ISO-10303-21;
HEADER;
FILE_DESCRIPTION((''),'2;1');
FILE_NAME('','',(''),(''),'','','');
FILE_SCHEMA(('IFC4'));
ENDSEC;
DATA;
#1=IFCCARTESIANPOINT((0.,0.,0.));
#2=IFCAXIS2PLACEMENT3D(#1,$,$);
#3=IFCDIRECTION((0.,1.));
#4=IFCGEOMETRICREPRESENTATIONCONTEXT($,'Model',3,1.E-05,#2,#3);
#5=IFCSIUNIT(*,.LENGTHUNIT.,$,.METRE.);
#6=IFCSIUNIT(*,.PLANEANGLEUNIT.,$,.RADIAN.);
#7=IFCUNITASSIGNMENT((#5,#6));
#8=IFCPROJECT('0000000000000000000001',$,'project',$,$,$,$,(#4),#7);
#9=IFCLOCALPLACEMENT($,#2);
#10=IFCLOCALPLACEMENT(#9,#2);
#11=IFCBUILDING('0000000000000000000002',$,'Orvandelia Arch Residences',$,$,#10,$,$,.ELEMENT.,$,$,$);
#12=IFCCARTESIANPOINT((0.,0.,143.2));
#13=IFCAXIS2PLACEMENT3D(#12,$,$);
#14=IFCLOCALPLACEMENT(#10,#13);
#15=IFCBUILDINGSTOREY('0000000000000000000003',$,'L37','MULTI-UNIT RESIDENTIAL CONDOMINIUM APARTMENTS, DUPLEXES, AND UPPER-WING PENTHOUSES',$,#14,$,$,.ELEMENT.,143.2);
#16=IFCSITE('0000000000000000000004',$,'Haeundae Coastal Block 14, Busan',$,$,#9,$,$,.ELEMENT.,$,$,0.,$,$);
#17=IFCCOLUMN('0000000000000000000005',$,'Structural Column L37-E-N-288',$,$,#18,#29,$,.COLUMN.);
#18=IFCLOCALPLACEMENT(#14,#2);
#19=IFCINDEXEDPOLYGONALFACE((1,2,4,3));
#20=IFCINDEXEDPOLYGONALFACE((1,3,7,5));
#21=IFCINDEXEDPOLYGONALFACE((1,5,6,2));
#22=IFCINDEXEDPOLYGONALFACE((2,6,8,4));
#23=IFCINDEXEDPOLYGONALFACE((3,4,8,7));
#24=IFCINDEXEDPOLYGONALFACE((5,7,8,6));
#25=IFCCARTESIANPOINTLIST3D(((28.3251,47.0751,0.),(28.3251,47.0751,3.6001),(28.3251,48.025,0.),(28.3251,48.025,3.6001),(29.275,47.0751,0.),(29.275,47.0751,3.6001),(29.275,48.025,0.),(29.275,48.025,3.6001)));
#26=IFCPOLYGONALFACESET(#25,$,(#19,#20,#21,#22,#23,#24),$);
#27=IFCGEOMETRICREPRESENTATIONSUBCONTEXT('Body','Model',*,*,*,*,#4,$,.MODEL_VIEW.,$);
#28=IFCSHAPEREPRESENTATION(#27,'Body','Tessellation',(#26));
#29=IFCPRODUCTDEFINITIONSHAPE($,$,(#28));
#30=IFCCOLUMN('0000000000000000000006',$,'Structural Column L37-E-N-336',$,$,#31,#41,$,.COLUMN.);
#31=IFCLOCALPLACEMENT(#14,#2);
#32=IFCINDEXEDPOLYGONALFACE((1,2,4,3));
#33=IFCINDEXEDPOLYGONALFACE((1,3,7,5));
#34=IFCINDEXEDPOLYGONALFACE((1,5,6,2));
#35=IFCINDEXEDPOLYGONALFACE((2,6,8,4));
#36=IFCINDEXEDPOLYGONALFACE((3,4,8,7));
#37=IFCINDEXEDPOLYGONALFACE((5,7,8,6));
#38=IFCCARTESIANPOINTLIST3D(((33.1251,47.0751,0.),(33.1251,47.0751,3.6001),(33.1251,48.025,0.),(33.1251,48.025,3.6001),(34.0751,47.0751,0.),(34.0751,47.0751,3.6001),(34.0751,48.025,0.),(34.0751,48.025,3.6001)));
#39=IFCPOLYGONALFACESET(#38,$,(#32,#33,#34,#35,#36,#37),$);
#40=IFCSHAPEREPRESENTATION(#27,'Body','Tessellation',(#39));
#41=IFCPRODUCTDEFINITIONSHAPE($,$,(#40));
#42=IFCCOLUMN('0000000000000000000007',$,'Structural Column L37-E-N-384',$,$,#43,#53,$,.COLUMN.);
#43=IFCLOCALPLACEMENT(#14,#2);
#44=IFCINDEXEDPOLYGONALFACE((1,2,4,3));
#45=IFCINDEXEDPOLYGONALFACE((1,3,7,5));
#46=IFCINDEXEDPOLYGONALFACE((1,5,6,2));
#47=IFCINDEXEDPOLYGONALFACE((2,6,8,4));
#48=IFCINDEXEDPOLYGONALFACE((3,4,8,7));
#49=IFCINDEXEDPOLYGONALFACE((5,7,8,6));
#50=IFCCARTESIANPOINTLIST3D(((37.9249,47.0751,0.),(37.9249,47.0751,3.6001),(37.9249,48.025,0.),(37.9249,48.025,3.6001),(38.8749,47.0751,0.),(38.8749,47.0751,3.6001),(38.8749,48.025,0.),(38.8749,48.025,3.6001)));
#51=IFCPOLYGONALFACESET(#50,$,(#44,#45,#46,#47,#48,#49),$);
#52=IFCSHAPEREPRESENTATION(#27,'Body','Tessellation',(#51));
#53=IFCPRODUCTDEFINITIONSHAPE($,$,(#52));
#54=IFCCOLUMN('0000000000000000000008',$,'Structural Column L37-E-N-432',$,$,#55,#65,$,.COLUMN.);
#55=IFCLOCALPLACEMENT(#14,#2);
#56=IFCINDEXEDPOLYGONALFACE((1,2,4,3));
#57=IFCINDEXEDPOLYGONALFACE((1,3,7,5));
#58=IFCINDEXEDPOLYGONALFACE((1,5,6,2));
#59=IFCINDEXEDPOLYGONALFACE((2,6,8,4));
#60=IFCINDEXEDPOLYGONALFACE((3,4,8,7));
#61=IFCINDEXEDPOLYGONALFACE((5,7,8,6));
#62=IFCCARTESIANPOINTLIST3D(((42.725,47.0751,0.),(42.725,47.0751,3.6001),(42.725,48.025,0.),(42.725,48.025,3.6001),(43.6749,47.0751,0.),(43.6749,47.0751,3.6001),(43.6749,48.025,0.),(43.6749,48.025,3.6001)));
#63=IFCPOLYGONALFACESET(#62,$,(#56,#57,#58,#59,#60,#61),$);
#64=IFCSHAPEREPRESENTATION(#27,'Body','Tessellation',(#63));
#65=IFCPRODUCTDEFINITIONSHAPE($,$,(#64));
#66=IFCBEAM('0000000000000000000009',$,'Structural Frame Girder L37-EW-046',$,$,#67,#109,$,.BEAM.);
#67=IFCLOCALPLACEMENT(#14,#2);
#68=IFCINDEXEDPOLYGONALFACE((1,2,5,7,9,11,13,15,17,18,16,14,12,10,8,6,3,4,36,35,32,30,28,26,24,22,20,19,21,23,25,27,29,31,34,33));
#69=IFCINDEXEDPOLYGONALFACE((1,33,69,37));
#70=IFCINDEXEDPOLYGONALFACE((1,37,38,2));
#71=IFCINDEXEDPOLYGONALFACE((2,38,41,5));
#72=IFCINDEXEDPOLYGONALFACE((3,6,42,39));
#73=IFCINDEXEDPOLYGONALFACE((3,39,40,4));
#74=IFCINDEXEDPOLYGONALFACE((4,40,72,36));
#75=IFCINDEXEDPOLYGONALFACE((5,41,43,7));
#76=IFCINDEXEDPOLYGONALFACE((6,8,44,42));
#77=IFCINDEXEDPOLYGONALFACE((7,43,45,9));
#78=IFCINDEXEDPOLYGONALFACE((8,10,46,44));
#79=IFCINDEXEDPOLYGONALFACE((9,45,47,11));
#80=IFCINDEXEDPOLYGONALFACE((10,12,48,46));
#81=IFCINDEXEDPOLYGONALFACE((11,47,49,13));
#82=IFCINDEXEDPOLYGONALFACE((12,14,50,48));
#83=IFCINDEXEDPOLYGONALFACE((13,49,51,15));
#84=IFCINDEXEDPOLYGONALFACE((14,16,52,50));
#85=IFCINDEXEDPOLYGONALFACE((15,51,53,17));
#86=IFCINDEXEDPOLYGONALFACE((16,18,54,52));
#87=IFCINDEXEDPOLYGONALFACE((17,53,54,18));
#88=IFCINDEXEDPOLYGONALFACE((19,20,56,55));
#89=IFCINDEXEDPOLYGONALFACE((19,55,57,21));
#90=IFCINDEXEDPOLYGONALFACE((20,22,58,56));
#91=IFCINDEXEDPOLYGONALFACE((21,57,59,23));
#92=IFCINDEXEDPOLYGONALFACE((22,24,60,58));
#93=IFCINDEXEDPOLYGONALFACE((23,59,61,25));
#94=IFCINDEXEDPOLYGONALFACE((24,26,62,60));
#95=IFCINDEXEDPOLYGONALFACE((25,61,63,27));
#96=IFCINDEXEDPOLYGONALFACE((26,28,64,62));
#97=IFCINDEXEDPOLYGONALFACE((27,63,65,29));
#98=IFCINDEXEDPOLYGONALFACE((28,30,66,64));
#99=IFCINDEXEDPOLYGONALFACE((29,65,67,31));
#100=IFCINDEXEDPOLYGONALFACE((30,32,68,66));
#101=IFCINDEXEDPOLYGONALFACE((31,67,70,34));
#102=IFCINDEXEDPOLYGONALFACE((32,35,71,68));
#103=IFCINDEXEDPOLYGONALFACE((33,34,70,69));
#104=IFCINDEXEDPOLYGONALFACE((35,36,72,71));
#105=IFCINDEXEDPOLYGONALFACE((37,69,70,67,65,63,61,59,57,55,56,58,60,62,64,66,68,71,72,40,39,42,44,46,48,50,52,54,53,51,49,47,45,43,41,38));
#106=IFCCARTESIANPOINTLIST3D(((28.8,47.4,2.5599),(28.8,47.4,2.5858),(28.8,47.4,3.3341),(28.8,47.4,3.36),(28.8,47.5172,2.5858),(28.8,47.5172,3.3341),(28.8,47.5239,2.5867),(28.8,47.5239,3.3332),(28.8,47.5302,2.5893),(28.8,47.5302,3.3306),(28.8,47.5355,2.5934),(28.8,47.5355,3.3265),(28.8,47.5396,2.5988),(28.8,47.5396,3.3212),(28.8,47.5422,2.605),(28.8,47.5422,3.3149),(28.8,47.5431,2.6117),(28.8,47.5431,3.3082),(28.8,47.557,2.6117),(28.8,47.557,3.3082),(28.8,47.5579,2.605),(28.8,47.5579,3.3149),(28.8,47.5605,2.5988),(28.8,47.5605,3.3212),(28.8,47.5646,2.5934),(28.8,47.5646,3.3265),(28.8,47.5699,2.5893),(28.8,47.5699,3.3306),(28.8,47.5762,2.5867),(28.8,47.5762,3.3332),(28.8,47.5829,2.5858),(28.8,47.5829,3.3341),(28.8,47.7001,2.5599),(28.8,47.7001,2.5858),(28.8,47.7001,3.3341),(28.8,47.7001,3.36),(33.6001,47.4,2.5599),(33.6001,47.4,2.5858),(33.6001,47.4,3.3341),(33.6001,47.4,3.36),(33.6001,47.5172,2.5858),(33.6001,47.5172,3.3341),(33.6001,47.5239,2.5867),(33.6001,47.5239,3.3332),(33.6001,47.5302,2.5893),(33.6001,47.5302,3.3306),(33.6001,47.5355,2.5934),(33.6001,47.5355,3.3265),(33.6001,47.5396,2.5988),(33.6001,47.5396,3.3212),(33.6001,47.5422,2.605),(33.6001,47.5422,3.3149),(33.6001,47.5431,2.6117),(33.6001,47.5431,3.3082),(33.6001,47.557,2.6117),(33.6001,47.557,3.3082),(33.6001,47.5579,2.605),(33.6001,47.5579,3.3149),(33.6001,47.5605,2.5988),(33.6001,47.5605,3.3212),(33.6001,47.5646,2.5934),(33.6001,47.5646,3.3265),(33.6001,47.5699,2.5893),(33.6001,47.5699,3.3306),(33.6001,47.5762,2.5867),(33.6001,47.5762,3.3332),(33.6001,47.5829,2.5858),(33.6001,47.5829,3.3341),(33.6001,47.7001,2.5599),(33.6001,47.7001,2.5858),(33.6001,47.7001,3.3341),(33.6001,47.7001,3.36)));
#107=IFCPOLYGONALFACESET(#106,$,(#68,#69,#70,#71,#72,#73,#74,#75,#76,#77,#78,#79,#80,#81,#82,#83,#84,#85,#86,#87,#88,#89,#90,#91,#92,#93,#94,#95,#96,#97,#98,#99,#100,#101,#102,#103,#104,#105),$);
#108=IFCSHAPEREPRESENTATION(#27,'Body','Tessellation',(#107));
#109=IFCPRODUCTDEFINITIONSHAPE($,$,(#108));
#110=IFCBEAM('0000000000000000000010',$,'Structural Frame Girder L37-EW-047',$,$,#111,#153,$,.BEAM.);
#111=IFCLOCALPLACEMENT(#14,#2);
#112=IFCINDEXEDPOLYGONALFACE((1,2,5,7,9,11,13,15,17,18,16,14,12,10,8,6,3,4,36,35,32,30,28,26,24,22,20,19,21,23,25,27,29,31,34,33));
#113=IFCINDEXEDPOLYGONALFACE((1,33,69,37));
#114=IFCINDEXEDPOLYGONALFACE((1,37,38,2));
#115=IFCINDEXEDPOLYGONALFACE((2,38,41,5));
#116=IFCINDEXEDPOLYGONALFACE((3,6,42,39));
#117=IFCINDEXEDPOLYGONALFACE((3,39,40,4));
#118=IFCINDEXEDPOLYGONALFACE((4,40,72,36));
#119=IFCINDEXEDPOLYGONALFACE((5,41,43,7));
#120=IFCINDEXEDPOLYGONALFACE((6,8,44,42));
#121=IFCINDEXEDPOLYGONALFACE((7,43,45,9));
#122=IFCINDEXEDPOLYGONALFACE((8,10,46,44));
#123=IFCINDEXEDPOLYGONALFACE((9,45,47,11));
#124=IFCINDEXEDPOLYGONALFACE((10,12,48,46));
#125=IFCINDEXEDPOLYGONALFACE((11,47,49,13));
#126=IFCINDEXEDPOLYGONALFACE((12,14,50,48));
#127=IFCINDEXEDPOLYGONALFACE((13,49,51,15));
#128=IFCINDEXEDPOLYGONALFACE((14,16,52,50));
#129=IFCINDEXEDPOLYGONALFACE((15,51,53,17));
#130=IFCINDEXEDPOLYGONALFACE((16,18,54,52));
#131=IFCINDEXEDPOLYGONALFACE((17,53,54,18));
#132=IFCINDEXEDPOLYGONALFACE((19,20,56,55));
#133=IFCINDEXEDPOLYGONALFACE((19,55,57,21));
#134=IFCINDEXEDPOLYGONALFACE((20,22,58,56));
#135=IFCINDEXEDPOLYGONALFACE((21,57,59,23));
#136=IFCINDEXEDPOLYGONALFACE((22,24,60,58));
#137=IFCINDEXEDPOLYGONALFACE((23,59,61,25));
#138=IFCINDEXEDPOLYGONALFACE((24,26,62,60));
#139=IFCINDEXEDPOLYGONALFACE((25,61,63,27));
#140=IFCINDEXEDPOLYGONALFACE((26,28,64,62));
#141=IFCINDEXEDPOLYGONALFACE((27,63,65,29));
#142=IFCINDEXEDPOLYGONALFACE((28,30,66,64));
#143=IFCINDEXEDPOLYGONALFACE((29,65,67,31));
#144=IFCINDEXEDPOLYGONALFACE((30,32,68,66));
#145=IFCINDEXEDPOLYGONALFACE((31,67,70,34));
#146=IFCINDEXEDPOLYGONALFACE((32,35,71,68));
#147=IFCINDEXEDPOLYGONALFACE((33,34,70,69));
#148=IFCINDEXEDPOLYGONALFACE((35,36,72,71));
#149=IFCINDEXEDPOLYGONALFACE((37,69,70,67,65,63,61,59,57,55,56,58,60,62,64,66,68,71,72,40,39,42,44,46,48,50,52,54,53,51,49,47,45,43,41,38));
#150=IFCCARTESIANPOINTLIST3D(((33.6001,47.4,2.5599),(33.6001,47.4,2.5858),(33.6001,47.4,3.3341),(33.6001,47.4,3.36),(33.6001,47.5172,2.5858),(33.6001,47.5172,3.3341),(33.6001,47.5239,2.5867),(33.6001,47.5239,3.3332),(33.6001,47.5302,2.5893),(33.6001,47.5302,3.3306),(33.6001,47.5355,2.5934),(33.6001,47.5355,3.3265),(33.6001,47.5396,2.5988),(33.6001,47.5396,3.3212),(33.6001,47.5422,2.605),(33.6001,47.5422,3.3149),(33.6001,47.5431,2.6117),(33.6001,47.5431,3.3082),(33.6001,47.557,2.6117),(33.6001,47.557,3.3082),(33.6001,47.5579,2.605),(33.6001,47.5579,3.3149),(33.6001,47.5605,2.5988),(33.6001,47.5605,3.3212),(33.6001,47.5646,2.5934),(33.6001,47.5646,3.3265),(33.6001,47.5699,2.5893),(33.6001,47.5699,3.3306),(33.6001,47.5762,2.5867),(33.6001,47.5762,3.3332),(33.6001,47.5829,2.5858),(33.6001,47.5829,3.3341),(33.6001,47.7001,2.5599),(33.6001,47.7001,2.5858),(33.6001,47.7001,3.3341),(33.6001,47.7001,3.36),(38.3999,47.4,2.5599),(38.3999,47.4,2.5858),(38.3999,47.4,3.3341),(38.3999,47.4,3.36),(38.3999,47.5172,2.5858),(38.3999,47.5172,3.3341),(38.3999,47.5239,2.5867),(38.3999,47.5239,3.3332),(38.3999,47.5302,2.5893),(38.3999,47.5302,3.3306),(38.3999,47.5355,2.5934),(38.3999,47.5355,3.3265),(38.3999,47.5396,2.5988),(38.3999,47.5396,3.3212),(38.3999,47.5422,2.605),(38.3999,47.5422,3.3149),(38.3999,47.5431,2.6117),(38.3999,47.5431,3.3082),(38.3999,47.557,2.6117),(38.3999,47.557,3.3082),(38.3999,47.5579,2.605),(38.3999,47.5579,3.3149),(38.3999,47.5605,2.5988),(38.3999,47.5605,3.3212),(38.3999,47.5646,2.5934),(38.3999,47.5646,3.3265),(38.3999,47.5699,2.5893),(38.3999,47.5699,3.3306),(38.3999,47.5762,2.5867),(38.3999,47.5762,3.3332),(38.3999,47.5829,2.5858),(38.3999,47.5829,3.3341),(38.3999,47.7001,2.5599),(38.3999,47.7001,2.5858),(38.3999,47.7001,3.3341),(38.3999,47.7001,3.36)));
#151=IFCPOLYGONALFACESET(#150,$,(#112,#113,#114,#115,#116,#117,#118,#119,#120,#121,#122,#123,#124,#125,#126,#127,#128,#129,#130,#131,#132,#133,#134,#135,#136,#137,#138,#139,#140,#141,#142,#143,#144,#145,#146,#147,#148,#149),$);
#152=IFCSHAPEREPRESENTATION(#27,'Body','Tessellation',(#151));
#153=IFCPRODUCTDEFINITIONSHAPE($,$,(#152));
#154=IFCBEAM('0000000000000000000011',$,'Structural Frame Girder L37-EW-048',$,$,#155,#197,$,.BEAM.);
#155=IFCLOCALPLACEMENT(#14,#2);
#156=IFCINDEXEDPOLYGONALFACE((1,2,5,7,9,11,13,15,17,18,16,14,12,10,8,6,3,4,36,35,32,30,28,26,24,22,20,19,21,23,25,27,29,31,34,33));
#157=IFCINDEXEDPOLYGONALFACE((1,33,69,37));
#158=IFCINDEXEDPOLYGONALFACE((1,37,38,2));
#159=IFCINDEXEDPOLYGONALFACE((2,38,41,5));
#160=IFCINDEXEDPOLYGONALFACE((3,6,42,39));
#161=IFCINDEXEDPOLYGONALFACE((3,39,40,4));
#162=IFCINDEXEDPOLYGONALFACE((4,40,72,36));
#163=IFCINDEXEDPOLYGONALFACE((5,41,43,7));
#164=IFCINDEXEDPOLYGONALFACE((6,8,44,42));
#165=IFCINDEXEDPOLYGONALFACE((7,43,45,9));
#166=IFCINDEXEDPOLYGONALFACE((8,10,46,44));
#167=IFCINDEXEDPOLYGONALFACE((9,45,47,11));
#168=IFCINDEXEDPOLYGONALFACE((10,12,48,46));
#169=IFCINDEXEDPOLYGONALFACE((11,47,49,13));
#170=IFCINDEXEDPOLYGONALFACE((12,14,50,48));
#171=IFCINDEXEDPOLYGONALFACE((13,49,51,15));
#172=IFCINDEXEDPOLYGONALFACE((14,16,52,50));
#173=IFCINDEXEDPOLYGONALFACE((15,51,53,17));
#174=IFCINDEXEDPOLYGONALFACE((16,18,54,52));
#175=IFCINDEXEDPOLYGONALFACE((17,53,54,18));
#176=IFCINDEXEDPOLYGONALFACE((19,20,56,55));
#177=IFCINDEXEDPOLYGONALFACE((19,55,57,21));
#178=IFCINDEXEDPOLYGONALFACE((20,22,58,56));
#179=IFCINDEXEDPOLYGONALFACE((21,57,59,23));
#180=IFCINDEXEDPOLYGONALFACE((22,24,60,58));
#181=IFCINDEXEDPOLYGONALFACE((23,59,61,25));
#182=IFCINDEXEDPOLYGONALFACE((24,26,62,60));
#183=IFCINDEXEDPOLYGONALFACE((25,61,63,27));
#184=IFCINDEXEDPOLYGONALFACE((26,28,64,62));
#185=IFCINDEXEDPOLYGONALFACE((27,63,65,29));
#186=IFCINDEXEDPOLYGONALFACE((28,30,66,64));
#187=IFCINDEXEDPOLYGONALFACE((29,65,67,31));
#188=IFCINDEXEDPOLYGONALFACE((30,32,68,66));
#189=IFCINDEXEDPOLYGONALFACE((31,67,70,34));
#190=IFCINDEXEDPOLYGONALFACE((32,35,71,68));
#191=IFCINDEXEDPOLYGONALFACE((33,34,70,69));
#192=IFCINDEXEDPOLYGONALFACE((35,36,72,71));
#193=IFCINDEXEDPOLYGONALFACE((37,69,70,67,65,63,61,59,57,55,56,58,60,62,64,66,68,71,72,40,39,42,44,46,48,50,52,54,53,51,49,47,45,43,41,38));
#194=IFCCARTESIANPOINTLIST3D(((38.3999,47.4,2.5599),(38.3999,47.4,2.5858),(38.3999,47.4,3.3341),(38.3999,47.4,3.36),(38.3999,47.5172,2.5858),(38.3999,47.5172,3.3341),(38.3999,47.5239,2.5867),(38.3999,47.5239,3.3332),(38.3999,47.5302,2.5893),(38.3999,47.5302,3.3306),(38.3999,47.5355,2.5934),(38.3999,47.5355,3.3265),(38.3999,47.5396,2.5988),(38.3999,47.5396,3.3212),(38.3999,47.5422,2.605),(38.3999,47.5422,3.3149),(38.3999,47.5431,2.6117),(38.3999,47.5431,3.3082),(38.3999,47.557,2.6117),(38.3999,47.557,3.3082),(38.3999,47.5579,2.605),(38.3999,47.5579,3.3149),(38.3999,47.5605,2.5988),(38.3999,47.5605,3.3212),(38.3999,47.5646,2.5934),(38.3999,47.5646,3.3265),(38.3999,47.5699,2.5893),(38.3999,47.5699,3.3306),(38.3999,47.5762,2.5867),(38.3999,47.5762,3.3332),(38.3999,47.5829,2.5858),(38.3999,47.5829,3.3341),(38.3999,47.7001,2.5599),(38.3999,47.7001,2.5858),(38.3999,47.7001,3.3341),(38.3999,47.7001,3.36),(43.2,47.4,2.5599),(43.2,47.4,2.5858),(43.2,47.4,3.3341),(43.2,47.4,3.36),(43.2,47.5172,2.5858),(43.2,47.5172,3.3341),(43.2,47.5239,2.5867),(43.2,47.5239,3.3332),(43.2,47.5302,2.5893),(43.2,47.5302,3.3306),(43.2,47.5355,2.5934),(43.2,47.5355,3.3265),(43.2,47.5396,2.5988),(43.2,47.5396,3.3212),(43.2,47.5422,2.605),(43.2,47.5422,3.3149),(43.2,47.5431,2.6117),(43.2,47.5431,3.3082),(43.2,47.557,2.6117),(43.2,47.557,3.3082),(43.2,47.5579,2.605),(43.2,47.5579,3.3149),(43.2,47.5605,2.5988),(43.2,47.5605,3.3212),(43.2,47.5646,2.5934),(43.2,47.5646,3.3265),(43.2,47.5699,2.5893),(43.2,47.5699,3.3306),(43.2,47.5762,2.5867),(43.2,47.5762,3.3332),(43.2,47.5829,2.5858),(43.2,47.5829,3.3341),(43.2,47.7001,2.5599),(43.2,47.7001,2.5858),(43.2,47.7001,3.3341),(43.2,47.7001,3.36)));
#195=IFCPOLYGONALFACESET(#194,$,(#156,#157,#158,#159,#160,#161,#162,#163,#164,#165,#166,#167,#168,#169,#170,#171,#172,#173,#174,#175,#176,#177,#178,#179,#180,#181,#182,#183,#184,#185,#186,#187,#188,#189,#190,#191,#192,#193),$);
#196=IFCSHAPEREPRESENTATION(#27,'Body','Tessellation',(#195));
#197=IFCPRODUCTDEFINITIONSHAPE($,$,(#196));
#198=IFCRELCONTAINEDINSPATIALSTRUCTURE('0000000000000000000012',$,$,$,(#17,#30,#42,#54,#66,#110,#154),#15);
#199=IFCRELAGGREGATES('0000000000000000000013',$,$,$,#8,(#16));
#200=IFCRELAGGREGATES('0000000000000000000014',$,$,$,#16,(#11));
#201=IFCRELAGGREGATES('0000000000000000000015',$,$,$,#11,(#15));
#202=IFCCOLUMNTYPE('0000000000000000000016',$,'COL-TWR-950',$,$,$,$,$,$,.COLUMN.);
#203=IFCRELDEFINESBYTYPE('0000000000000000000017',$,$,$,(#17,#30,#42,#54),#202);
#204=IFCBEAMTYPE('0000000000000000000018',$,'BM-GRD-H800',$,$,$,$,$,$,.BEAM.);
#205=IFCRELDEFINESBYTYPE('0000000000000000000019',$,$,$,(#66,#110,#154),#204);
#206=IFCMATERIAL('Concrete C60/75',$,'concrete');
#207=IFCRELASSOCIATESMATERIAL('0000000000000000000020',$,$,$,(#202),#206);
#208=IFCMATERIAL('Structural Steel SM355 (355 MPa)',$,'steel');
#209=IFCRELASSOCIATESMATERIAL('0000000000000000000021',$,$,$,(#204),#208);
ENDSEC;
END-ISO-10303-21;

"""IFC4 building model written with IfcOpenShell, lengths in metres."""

from ifc_helpers import new_model, si_unit, direction, frame, origin, origin_2d, place, context, subcontext, project, spatial, rectangle, i_section, extrude, material, material_profile, profile_set, type_object, element, save


model = new_model("IFC4")

# Units and contexts
model_context = context("Model", 3, precision=1e-05, world=origin(), true_north=direction((0.0, 1.0)))
body_context = subcontext(model_context, "Body", "Model", "MODEL_VIEW")
ifc_project = project(units=[si_unit("LENGTHUNIT", "METRE"), si_unit("PLANEANGLEUNIT", "RADIAN")], contexts=[model_context])

# Site, building, storey
site_placement = place(None, origin())
site = spatial("IfcSite", under=ifc_project, at=site_placement, Name="Haeundae Coastal Block 14, Busan", CompositionType="ELEMENT", RefElevation=0.0)
building_placement = place(site_placement, origin())
building = spatial("IfcBuilding", under=site, at=building_placement, Name="Orvandelia Arch Residences", CompositionType="ELEMENT")
storey_placement = place(building_placement, frame((0.0, 0.0, 143.2)))
storey = spatial("IfcBuildingStorey", under=building, at=storey_placement, Name="L37", Description="MULTI-UNIT RESIDENTIAL CONDOMINIUM APARTMENTS, DUPLEXES, AND UPPER-WING PENTHOUSES", CompositionType="ELEMENT", Elevation=143.2)

# Columns
ifc_material_1 = material(Name="Concrete C60/75", Category="concrete")
ifc_material_profile_1 = material_profile(ifc_material_1, rectangle(XDim=0.95, YDim=0.95, at=origin_2d()), Name="Concrete C60/75", Category="concrete")
ifc_profile_set_1 = profile_set([ifc_material_profile_1], Name="Concrete C60/75")
column_type = type_object("IfcColumnType", Name="COL-TWR-950", PredefinedType="COLUMN", material=ifc_profile_set_1)
for number, where, z_axis, x_axis, name in (
    (1, (28.8, 47.55, 0.0), (0.0, 0.0, 1.0), (1.0, 0.0, 0.0), "Structural Column L37-E-N-288"),
    (2, (33.6001, 47.55, 0.0), (0.0, 0.0, 1.0), (1.0, 0.0, 0.0), "Structural Column L37-E-N-336"),
    (3, (38.3999, 47.55, 0.0), (0.0, 0.0, 1.0), (1.0, 0.0, 0.0), "Structural Column L37-E-N-384"),
    (4, (43.2, 47.55, 0.0), (0.0, 0.0, 1.0), (1.0, 0.0, 0.0), "Structural Column L37-E-N-432"),
):
    element("IfcColumn", number, at=place(storey_placement, frame(where, z_axis=z_axis, x_axis=x_axis)), inside=storey, type_object=column_type, Name=name, PredefinedType="COLUMN", context=body_context, shape_type="SweptSolid", body=[
        extrude(rectangle(XDim=0.95, YDim=0.95, at=origin_2d()), origin(), (0.0, 0.0, 1.0), 3.6001),
    ])

# Beams
ifc_material_2 = material(Name="Structural Steel SM355 (355 MPa)", Category="steel")
ifc_material_profile_2 = material_profile(ifc_material_2, i_section(OverallWidth=0.3, OverallDepth=0.8, WebThickness=0.0139, FlangeThickness=0.0259, FilletRadius=0.0259, at=origin_2d()), Name="Structural Steel SM355 (355 MPa)", Category="steel")
ifc_profile_set_2 = profile_set([ifc_material_profile_2], Name="Structural Steel SM355 (355 MPa)")
beam_type = type_object("IfcBeamType", Name="BM-GRD-H800", PredefinedType="BEAM", material=ifc_profile_set_2)
beam_1_placement = place(storey_placement, frame((28.8, 47.55, 2.96), z_axis=(1.0, 0.0, 0.0), x_axis=(0.0, 1.0, 0.0)))
element("IfcBeam", 5, at=beam_1_placement, inside=storey, type_object=beam_type, Name="Structural Frame Girder L37-EW-046", PredefinedType="BEAM", context=body_context, shape_type="SweptSolid", body=[
    extrude(i_section(OverallWidth=0.3, OverallDepth=0.8, WebThickness=0.0139, FlangeThickness=0.0259, FilletRadius=0.0259, at=origin_2d()), origin(), (0.0, 0.0, 1.0), 4.8),
])
beam_2_placement = place(storey_placement, frame((33.6001, 47.55, 2.96), z_axis=(1.0, 0.0, 0.0), x_axis=(0.0, 1.0, 0.0)))
element("IfcBeam", 6, at=beam_2_placement, inside=storey, type_object=beam_type, Name="Structural Frame Girder L37-EW-047", PredefinedType="BEAM", context=body_context, shape_type="SweptSolid", body=[
    extrude(i_section(OverallWidth=0.3, OverallDepth=0.8, WebThickness=0.0139, FlangeThickness=0.0259, FilletRadius=0.0259, at=origin_2d()), origin(), (0.0, 0.0, 1.0), 4.7998),
])
for number, where, z_axis, x_axis, name in (
    (7, (38.3999, 47.55, 2.96), (1.0, 0.0, 0.0), (0.0, 1.0, 0.0), "Structural Frame Girder L37-EW-048"),
):
    element("IfcBeam", number, at=place(storey_placement, frame(where, z_axis=z_axis, x_axis=x_axis)), inside=storey, type_object=beam_type, Name=name, PredefinedType="BEAM", context=body_context, shape_type="SweptSolid", body=[
        extrude(i_section(OverallWidth=0.3, OverallDepth=0.8, WebThickness=0.0139, FlangeThickness=0.0259, FilletRadius=0.0259, at=origin_2d()), origin(), (0.0, 0.0, 1.0), 4.8),
    ])

save(model, "model.ifc")
